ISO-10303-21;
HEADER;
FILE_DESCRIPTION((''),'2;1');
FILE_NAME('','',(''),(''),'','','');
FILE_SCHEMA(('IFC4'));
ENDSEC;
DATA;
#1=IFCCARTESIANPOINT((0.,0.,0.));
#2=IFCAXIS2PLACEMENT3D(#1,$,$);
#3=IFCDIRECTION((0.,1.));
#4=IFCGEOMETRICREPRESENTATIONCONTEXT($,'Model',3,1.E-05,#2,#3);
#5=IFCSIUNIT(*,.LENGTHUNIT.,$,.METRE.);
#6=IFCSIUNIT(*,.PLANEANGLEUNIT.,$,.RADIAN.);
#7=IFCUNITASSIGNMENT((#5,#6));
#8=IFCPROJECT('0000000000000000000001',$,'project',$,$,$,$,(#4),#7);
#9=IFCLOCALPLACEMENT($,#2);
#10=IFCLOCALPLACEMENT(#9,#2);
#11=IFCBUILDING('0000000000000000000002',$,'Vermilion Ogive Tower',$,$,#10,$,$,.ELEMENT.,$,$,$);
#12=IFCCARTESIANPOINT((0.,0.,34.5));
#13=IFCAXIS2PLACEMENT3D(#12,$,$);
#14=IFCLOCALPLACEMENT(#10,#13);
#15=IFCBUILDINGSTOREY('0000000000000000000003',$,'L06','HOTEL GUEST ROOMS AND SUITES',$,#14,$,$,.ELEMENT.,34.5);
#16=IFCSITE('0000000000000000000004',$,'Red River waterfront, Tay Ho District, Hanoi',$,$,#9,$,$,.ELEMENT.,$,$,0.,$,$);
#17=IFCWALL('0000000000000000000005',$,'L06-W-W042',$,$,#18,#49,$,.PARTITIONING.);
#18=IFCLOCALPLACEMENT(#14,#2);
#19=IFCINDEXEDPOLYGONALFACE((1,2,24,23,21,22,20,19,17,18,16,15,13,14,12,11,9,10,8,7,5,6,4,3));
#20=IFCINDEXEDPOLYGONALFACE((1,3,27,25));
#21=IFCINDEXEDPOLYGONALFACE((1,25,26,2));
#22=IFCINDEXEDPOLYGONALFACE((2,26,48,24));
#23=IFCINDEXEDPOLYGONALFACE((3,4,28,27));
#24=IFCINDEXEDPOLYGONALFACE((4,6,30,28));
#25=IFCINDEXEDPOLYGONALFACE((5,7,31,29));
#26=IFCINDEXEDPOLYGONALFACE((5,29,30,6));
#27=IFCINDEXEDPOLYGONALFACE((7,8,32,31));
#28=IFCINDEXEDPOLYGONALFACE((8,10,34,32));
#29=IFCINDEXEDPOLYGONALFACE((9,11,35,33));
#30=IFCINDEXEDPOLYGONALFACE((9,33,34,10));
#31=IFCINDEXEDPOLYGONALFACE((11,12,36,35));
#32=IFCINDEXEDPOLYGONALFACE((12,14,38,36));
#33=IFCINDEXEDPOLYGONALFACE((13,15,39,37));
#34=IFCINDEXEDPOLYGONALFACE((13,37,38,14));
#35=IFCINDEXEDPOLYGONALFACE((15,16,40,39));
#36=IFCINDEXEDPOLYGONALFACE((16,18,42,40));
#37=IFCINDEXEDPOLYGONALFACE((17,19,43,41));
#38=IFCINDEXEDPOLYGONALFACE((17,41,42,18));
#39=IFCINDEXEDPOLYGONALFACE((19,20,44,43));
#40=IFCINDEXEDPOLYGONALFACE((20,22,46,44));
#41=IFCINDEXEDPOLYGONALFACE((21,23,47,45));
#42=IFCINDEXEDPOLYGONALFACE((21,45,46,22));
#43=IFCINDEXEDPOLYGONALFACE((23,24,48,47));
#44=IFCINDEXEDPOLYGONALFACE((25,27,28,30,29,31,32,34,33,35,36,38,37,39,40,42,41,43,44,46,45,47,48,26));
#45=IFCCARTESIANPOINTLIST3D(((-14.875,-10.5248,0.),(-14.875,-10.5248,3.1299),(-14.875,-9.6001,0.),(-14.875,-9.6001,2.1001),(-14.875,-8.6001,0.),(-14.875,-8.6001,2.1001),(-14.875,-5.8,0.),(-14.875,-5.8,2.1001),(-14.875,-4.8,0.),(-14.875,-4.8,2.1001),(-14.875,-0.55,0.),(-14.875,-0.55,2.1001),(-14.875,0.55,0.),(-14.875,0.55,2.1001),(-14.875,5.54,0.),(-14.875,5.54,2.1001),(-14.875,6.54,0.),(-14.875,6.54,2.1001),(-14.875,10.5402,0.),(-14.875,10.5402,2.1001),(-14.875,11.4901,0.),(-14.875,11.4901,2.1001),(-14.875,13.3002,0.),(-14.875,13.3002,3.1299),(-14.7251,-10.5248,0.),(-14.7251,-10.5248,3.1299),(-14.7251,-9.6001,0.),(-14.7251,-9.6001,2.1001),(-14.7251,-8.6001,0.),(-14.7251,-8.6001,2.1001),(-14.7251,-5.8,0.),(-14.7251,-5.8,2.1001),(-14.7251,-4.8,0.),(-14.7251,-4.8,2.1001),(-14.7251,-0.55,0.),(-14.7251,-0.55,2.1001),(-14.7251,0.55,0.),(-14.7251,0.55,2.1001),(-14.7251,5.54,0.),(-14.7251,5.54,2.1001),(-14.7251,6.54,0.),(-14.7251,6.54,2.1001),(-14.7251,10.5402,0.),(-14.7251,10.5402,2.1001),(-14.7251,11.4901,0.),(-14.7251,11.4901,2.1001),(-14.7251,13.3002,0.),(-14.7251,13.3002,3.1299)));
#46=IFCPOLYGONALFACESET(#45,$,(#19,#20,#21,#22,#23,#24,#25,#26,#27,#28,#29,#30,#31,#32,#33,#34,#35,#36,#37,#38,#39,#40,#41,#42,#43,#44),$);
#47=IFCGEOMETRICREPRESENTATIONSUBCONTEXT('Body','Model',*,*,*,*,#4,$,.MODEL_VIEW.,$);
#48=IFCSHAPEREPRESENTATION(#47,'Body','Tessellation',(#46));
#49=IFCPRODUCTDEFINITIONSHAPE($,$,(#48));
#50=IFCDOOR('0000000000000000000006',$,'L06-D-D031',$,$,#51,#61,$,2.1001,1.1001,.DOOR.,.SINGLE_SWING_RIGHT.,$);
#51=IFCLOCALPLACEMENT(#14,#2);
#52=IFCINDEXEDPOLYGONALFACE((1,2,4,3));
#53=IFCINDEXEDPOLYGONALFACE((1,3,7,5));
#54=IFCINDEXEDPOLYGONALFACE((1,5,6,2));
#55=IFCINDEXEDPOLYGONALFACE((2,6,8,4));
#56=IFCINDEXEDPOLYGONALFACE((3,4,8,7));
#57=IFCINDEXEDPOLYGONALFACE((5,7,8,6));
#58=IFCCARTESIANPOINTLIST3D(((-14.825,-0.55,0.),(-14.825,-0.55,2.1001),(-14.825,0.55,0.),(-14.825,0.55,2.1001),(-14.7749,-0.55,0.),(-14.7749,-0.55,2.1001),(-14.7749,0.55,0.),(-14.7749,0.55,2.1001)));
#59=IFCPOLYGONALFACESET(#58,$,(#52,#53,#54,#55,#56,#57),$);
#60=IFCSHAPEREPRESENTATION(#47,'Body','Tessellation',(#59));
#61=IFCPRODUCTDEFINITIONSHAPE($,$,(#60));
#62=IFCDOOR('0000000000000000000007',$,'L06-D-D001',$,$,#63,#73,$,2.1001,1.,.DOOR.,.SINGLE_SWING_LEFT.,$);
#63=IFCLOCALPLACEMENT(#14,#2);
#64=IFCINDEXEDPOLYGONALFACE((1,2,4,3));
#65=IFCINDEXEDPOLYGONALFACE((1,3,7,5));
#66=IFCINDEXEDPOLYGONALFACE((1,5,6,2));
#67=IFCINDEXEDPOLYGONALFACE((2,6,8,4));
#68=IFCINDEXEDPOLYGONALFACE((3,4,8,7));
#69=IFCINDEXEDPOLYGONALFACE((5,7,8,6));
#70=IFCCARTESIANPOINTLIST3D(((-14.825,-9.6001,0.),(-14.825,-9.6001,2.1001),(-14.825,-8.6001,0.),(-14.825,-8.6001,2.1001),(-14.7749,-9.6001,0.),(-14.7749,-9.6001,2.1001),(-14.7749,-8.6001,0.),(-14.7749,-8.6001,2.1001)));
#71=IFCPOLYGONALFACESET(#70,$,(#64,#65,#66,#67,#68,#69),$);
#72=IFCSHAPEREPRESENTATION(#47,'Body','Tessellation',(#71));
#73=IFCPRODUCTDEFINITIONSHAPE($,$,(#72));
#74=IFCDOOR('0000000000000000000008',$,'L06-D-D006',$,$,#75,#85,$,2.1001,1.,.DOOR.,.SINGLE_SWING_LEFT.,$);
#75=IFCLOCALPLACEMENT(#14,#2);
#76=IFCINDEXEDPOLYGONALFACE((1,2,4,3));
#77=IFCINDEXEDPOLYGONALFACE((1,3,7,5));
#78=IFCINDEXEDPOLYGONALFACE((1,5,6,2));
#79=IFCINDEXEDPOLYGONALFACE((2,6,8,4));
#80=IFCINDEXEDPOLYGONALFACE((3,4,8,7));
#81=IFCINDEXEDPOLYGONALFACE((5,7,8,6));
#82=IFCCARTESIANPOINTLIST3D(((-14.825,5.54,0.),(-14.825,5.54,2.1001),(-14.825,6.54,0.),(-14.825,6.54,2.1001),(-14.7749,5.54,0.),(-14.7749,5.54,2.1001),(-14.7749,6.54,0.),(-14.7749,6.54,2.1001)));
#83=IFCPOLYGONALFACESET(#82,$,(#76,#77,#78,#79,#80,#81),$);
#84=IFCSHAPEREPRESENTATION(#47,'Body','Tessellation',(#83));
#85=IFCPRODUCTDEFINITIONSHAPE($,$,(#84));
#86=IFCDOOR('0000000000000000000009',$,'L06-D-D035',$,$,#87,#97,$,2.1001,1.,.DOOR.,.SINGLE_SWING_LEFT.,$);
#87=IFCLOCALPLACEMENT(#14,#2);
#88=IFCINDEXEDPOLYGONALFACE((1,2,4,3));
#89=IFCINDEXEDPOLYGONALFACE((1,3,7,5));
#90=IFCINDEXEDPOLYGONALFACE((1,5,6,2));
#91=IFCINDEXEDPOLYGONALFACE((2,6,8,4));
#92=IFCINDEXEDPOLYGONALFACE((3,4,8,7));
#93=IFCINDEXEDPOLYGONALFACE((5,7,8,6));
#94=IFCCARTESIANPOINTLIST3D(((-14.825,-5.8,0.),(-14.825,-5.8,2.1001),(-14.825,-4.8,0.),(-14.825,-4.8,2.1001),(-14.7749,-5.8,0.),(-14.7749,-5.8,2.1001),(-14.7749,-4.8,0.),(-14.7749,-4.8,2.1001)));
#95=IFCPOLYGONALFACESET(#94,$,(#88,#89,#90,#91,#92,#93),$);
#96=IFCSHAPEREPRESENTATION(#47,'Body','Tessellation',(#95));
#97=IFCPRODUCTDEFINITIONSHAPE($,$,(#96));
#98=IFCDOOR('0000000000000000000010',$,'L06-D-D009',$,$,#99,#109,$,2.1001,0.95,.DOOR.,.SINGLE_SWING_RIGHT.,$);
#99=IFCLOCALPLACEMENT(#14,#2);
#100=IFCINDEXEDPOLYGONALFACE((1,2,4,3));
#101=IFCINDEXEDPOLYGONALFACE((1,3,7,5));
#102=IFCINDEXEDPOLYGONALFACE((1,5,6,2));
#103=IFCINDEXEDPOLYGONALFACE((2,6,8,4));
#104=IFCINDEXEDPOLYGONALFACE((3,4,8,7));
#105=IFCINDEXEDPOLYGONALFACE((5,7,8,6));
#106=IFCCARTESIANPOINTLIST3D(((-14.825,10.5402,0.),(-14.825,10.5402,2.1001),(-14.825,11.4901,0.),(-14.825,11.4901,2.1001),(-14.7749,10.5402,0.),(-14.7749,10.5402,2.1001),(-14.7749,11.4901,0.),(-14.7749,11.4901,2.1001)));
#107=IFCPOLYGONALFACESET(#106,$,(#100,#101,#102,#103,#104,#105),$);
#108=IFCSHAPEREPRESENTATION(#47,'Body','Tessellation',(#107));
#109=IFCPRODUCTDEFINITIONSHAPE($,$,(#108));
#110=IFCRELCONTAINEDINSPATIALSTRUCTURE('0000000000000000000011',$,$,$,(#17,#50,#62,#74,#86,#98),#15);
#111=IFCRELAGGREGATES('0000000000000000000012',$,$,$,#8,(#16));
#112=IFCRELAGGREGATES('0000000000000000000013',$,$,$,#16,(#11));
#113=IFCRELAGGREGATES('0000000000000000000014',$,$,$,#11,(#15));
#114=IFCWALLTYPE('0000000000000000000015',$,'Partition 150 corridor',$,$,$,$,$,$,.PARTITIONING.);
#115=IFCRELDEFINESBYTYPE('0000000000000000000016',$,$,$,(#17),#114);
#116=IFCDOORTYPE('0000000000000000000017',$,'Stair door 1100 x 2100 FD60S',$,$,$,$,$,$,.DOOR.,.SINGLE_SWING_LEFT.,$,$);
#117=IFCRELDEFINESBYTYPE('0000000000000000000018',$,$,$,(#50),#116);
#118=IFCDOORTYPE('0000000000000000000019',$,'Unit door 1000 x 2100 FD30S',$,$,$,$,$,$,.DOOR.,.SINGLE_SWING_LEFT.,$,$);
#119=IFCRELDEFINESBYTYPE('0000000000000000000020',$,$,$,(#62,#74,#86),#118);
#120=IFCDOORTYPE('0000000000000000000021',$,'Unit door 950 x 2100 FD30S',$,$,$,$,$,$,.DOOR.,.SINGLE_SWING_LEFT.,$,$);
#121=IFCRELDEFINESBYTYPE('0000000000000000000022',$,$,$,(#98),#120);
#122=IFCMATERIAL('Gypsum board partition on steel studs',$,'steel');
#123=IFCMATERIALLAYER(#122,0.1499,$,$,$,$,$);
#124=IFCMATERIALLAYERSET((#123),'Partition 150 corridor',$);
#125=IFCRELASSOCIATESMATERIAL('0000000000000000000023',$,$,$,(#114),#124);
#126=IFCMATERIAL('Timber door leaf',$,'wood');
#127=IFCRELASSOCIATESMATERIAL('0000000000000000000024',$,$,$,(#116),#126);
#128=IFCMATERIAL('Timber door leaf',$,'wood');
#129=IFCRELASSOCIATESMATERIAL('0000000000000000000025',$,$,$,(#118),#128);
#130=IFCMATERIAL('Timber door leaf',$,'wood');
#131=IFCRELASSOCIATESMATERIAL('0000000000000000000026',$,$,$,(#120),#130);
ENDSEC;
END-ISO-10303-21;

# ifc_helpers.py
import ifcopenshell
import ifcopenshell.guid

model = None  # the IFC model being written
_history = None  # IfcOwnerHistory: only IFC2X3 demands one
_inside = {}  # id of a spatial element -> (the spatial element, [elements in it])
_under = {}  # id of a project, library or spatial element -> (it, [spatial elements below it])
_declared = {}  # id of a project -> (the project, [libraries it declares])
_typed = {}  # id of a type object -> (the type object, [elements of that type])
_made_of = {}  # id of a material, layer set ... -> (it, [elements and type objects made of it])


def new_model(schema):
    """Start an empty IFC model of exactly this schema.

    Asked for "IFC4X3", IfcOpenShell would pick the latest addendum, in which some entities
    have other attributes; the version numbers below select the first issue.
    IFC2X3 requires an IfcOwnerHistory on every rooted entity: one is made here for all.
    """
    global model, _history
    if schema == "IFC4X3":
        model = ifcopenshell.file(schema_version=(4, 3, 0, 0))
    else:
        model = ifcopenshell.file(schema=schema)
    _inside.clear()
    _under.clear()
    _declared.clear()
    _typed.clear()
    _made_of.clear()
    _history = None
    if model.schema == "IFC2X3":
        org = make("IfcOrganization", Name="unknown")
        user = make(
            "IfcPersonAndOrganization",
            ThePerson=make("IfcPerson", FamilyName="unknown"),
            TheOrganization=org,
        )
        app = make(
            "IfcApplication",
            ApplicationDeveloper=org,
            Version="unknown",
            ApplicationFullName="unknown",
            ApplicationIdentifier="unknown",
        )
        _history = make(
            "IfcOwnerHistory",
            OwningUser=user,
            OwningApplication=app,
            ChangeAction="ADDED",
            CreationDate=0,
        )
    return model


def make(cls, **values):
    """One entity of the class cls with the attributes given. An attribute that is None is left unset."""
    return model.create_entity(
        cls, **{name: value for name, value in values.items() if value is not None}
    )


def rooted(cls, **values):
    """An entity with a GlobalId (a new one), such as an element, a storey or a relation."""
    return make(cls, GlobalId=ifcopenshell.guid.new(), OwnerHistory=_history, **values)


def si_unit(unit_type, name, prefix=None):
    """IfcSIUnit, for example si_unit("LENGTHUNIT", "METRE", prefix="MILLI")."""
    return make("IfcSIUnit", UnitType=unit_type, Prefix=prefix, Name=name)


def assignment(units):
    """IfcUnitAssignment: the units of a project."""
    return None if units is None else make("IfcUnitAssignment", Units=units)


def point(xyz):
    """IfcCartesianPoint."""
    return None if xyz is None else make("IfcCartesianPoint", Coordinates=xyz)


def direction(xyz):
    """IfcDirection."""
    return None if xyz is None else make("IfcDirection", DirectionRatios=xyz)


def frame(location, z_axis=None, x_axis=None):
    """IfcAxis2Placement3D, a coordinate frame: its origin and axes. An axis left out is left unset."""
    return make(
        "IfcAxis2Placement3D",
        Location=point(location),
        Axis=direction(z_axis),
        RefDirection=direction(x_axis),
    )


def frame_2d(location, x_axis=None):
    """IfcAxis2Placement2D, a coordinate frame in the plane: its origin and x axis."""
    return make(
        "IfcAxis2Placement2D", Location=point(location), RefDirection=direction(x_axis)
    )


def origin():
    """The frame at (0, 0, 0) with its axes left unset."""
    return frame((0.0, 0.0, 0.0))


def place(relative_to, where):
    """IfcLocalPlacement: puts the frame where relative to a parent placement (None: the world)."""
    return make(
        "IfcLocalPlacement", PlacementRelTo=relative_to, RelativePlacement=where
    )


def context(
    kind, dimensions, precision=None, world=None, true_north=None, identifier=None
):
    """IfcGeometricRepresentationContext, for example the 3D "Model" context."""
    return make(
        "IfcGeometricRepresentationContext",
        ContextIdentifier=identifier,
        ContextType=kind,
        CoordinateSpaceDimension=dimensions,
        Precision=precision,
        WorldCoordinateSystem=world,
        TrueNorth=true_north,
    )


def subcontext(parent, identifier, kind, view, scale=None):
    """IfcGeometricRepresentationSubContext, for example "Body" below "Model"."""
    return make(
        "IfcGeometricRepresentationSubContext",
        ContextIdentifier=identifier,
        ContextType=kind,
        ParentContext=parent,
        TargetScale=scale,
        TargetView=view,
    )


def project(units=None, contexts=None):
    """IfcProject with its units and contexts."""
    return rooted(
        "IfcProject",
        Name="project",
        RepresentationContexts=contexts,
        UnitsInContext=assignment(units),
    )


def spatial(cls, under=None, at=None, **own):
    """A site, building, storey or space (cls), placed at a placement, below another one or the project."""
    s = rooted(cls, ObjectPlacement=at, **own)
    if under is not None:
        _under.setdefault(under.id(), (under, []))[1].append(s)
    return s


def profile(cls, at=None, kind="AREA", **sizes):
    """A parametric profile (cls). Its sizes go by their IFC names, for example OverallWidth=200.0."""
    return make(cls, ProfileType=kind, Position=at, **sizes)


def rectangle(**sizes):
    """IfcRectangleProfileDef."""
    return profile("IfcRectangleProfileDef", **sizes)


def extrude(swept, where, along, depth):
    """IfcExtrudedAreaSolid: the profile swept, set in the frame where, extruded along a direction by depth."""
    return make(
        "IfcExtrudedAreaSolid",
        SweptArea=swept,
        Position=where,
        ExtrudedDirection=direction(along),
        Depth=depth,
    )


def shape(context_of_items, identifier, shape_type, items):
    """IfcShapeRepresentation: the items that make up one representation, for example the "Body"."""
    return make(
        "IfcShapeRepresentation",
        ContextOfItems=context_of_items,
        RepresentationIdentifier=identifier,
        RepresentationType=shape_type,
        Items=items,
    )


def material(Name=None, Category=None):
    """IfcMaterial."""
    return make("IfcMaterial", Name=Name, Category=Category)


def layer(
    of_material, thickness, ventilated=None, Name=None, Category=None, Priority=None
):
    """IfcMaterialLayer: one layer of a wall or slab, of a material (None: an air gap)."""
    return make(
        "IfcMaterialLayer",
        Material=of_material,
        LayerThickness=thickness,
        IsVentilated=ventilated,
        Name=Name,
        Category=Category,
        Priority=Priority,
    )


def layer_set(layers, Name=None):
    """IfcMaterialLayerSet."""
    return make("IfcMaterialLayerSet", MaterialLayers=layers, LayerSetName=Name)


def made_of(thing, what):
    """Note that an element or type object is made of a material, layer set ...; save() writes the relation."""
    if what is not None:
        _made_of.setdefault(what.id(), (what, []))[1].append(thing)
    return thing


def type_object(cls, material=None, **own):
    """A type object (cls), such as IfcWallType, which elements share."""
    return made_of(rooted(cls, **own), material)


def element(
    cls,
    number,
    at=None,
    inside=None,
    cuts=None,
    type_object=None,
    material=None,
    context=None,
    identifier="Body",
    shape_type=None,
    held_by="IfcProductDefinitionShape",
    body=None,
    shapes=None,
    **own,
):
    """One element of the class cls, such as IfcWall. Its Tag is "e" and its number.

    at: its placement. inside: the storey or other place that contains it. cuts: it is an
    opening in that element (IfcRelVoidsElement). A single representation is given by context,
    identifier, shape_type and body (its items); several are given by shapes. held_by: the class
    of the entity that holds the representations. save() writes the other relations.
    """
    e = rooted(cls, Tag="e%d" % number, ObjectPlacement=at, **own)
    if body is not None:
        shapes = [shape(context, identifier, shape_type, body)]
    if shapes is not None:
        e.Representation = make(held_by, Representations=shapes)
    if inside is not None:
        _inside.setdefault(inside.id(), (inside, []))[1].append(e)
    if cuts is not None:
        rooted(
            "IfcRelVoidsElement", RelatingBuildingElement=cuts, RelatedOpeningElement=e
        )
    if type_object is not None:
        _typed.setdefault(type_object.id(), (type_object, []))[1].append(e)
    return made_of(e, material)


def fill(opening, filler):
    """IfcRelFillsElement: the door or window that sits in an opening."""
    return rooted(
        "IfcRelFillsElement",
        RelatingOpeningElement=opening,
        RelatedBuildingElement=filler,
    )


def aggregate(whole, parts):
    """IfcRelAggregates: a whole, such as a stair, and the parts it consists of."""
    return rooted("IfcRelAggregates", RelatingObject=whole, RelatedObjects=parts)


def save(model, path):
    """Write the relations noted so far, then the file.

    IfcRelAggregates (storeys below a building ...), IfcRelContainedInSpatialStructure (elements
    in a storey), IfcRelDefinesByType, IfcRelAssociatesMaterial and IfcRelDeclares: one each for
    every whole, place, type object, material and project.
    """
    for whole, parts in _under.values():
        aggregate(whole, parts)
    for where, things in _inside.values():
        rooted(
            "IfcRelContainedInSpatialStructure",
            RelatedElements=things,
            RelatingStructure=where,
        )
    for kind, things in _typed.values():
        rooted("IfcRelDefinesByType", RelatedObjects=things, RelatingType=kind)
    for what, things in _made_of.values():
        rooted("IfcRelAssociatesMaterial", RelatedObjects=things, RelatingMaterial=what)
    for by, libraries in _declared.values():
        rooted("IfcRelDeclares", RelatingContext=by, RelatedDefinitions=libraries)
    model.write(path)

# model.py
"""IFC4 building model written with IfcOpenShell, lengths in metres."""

from ifc_helpers import new_model, si_unit, direction, frame, frame_2d, origin, place, context, subcontext, project, spatial, rectangle, extrude, material, layer, layer_set, type_object, element, fill, save


model = new_model("IFC4")

# Units and contexts
model_context = context("Model", 3, precision=1e-05, world=origin(), true_north=direction((0.0, 1.0)))
body_context = subcontext(model_context, "Body", "Model", "MODEL_VIEW")
ifc_project = project(units=[si_unit("LENGTHUNIT", "METRE"), si_unit("PLANEANGLEUNIT", "RADIAN")], contexts=[model_context])

# Site, building, storey
site_placement = place(None, origin())
site = spatial("IfcSite", under=ifc_project, at=site_placement, Name="Red River waterfront, Tay Ho District, Hanoi", CompositionType="ELEMENT", RefElevation=0.0)
building_placement = place(site_placement, origin())
building = spatial("IfcBuilding", under=site, at=building_placement, Name="Vermilion Ogive Tower", CompositionType="ELEMENT")
storey_placement = place(building_placement, frame((0.0, 0.0, 34.5)))
storey = spatial("IfcBuildingStorey", under=building, at=storey_placement, Name="L06", Description="HOTEL GUEST ROOMS AND SUITES", CompositionType="ELEMENT", Elevation=34.5)

# Wall, openings, doors
ifc_material_1 = material(Name="Gypsum board partition on steel studs", Category="steel")
ifc_layer_1 = layer(ifc_material_1, 0.1499)
ifc_layer_set_1 = layer_set([ifc_layer_1], Name="Partition 150 corridor")
wall_type_1 = type_object("IfcWallType", Name="Partition 150 corridor", PredefinedType="PARTITIONING", material=ifc_layer_set_1)
ifc_material_2 = material(Name="Timber door leaf", Category="wood")
door_type_1 = type_object("IfcDoorType", Name="Stair door 1100 x 2100 FD60S", OperationType="SINGLE_SWING_LEFT", PredefinedType="DOOR", material=ifc_material_2)
ifc_material_3 = material(Name="Timber door leaf", Category="wood")
door_type_2 = type_object("IfcDoorType", Name="Unit door 1000 x 2100 FD30S", OperationType="SINGLE_SWING_LEFT", PredefinedType="DOOR", material=ifc_material_3)
ifc_material_4 = material(Name="Timber door leaf", Category="wood")
door_type_3 = type_object("IfcDoorType", Name="Unit door 950 x 2100 FD30S", OperationType="SINGLE_SWING_LEFT", PredefinedType="DOOR", material=ifc_material_4)
wall_1_placement = place(storey_placement, frame((-14.8, -10.5249, 0.0), z_axis=(0.0, 0.0, 1.0), x_axis=(0.0, 1.0, 0.0)))
wall_1 = element("IfcWall", 1, at=wall_1_placement, inside=storey, type_object=wall_type_1, Name="L06-W-W042", PredefinedType="PARTITIONING", context=body_context, shape_type="SweptSolid", body=[
    extrude(rectangle(XDim=23.825, YDim=0.1499, at=frame_2d((11.9126, 0.0))), origin(), (0.0, 0.0, 1.0), 3.1299),
])
opening_1_placement = place(wall_1_placement, frame((0.9248, 0.0, 0.0)))
opening_1 = element("IfcOpeningElement", 2, at=opening_1_placement, cuts=wall_1, PredefinedType="OPENING", context=body_context, shape_type="SweptSolid", body=[
    extrude(rectangle(XDim=1.0, YDim=2.1001, at=frame_2d((0.5, 1.05))), frame((0.0, 0.085, 0.0), z_axis=(0.0, -1.0, 0.0), x_axis=(1.0, 0.0, 0.0)), (0.0, 0.0, 1.0), 0.1699),
])
opening_2_placement = place(wall_1_placement, frame((16.0649, 0.0, 0.0)))
opening_2 = element("IfcOpeningElement", 3, at=opening_2_placement, cuts=wall_1, PredefinedType="OPENING", context=body_context, shape_type="SweptSolid", body=[
    extrude(rectangle(XDim=1.0, YDim=2.1001, at=frame_2d((0.5, 1.05))), frame((0.0, 0.085, 0.0), z_axis=(0.0, -1.0, 0.0), x_axis=(1.0, 0.0, 0.0)), (0.0, 0.0, 1.0), 0.1699),
])
opening_3_placement = place(wall_1_placement, frame((21.0649, 0.0, 0.0)))
opening_3 = element("IfcOpeningElement", 4, at=opening_3_placement, cuts=wall_1, PredefinedType="OPENING", context=body_context, shape_type="SweptSolid", body=[
    extrude(rectangle(XDim=0.95, YDim=2.1001, at=frame_2d((0.4751, 1.05))), frame((0.0, 0.085, 0.0), z_axis=(0.0, -1.0, 0.0), x_axis=(1.0, 0.0, 0.0)), (0.0, 0.0, 1.0), 0.1699),
])
opening_4_placement = place(wall_1_placement, frame((9.9749, 0.0, 0.0)))
opening_4 = element("IfcOpeningElement", 5, at=opening_4_placement, cuts=wall_1, PredefinedType="OPENING", context=body_context, shape_type="SweptSolid", body=[
    extrude(rectangle(XDim=1.1001, YDim=2.1001, at=frame_2d((0.55, 1.05))), frame((0.0, 0.085, 0.0), z_axis=(0.0, -1.0, 0.0), x_axis=(1.0, 0.0, 0.0)), (0.0, 0.0, 1.0), 0.1699),
])
opening_5_placement = place(wall_1_placement, frame((4.7249, 0.0, 0.0)))
opening_5 = element("IfcOpeningElement", 6, at=opening_5_placement, cuts=wall_1, PredefinedType="OPENING", context=body_context, shape_type="SweptSolid", body=[
    extrude(rectangle(XDim=1.0, YDim=2.1001, at=frame_2d((0.5, 1.05))), frame((0.0, 0.085, 0.0), z_axis=(0.0, -1.0, 0.0), x_axis=(1.0, 0.0, 0.0)), (0.0, 0.0, 1.0), 0.1699),
])
door_1_placement = place(opening_4_placement, origin())
door_1 = element("IfcDoor", 7, at=door_1_placement, inside=storey, type_object=door_type_1, Name="L06-D-D031", OperationType="SINGLE_SWING_RIGHT", OverallHeight=2.1001, OverallWidth=1.1001, PredefinedType="DOOR", context=body_context, shape_type="SweptSolid", body=[
    extrude(rectangle(XDim=1.1001, YDim=2.1001, at=frame_2d((0.55, 1.05))), frame((0.0, 0.0249, 0.0), z_axis=(0.0, -1.0, 0.0), x_axis=(1.0, 0.0, 0.0)), (0.0, 0.0, 1.0), 0.05),
])
fill(opening_4, door_1)
door_2_placement = place(opening_1_placement, origin())
door_2 = element("IfcDoor", 8, at=door_2_placement, inside=storey, type_object=door_type_2, Name="L06-D-D001", OperationType="SINGLE_SWING_LEFT", OverallHeight=2.1001, OverallWidth=1.0, PredefinedType="DOOR", context=body_context, shape_type="SweptSolid", body=[
    extrude(rectangle(XDim=1.0, YDim=2.1001, at=frame_2d((0.5, 1.05))), frame((0.0, 0.0249, 0.0), z_axis=(0.0, -1.0, 0.0), x_axis=(1.0, 0.0, 0.0)), (0.0, 0.0, 1.0), 0.05),
])
fill(opening_1, door_2)
door_3_placement = place(opening_2_placement, origin())
door_3 = element("IfcDoor", 9, at=door_3_placement, inside=storey, type_object=door_type_2, Name="L06-D-D006", OperationType="SINGLE_SWING_LEFT", OverallHeight=2.1001, OverallWidth=1.0, PredefinedType="DOOR", context=body_context, shape_type="SweptSolid", body=[
    extrude(rectangle(XDim=1.0, YDim=2.1001, at=frame_2d((0.5, 1.05))), frame((0.0, 0.0249, 0.0), z_axis=(0.0, -1.0, 0.0), x_axis=(1.0, 0.0, 0.0)), (0.0, 0.0, 1.0), 0.05),
])
fill(opening_2, door_3)
door_4_placement = place(opening_5_placement, origin())
door_4 = element("IfcDoor", 10, at=door_4_placement, inside=storey, type_object=door_type_2, Name="L06-D-D035", OperationType="SINGLE_SWING_LEFT", OverallHeight=2.1001, OverallWidth=1.0, PredefinedType="DOOR", context=body_context, shape_type="SweptSolid", body=[
    extrude(rectangle(XDim=1.0, YDim=2.1001, at=frame_2d((0.5, 1.05))), frame((0.0, 0.0249, 0.0), z_axis=(0.0, -1.0, 0.0), x_axis=(1.0, 0.0, 0.0)), (0.0, 0.0, 1.0), 0.05),
])
fill(opening_5, door_4)
door_5_placement = place(opening_3_placement, origin())
door_5 = element("IfcDoor", 11, at=door_5_placement, inside=storey, type_object=door_type_3, Name="L06-D-D009", OperationType="SINGLE_SWING_RIGHT", OverallHeight=2.1001, OverallWidth=0.95, PredefinedType="DOOR", context=body_context, shape_type="SweptSolid", body=[
    extrude(rectangle(XDim=0.95, YDim=2.1001, at=frame_2d((0.4751, 1.05))), frame((0.0, 0.0249, 0.0), z_axis=(0.0, -1.0, 0.0), x_axis=(1.0, 0.0, 0.0)), (0.0, 0.0, 1.0), 0.05),
])
fill(opening_3, door_5)

save(model, "model.ifc")
